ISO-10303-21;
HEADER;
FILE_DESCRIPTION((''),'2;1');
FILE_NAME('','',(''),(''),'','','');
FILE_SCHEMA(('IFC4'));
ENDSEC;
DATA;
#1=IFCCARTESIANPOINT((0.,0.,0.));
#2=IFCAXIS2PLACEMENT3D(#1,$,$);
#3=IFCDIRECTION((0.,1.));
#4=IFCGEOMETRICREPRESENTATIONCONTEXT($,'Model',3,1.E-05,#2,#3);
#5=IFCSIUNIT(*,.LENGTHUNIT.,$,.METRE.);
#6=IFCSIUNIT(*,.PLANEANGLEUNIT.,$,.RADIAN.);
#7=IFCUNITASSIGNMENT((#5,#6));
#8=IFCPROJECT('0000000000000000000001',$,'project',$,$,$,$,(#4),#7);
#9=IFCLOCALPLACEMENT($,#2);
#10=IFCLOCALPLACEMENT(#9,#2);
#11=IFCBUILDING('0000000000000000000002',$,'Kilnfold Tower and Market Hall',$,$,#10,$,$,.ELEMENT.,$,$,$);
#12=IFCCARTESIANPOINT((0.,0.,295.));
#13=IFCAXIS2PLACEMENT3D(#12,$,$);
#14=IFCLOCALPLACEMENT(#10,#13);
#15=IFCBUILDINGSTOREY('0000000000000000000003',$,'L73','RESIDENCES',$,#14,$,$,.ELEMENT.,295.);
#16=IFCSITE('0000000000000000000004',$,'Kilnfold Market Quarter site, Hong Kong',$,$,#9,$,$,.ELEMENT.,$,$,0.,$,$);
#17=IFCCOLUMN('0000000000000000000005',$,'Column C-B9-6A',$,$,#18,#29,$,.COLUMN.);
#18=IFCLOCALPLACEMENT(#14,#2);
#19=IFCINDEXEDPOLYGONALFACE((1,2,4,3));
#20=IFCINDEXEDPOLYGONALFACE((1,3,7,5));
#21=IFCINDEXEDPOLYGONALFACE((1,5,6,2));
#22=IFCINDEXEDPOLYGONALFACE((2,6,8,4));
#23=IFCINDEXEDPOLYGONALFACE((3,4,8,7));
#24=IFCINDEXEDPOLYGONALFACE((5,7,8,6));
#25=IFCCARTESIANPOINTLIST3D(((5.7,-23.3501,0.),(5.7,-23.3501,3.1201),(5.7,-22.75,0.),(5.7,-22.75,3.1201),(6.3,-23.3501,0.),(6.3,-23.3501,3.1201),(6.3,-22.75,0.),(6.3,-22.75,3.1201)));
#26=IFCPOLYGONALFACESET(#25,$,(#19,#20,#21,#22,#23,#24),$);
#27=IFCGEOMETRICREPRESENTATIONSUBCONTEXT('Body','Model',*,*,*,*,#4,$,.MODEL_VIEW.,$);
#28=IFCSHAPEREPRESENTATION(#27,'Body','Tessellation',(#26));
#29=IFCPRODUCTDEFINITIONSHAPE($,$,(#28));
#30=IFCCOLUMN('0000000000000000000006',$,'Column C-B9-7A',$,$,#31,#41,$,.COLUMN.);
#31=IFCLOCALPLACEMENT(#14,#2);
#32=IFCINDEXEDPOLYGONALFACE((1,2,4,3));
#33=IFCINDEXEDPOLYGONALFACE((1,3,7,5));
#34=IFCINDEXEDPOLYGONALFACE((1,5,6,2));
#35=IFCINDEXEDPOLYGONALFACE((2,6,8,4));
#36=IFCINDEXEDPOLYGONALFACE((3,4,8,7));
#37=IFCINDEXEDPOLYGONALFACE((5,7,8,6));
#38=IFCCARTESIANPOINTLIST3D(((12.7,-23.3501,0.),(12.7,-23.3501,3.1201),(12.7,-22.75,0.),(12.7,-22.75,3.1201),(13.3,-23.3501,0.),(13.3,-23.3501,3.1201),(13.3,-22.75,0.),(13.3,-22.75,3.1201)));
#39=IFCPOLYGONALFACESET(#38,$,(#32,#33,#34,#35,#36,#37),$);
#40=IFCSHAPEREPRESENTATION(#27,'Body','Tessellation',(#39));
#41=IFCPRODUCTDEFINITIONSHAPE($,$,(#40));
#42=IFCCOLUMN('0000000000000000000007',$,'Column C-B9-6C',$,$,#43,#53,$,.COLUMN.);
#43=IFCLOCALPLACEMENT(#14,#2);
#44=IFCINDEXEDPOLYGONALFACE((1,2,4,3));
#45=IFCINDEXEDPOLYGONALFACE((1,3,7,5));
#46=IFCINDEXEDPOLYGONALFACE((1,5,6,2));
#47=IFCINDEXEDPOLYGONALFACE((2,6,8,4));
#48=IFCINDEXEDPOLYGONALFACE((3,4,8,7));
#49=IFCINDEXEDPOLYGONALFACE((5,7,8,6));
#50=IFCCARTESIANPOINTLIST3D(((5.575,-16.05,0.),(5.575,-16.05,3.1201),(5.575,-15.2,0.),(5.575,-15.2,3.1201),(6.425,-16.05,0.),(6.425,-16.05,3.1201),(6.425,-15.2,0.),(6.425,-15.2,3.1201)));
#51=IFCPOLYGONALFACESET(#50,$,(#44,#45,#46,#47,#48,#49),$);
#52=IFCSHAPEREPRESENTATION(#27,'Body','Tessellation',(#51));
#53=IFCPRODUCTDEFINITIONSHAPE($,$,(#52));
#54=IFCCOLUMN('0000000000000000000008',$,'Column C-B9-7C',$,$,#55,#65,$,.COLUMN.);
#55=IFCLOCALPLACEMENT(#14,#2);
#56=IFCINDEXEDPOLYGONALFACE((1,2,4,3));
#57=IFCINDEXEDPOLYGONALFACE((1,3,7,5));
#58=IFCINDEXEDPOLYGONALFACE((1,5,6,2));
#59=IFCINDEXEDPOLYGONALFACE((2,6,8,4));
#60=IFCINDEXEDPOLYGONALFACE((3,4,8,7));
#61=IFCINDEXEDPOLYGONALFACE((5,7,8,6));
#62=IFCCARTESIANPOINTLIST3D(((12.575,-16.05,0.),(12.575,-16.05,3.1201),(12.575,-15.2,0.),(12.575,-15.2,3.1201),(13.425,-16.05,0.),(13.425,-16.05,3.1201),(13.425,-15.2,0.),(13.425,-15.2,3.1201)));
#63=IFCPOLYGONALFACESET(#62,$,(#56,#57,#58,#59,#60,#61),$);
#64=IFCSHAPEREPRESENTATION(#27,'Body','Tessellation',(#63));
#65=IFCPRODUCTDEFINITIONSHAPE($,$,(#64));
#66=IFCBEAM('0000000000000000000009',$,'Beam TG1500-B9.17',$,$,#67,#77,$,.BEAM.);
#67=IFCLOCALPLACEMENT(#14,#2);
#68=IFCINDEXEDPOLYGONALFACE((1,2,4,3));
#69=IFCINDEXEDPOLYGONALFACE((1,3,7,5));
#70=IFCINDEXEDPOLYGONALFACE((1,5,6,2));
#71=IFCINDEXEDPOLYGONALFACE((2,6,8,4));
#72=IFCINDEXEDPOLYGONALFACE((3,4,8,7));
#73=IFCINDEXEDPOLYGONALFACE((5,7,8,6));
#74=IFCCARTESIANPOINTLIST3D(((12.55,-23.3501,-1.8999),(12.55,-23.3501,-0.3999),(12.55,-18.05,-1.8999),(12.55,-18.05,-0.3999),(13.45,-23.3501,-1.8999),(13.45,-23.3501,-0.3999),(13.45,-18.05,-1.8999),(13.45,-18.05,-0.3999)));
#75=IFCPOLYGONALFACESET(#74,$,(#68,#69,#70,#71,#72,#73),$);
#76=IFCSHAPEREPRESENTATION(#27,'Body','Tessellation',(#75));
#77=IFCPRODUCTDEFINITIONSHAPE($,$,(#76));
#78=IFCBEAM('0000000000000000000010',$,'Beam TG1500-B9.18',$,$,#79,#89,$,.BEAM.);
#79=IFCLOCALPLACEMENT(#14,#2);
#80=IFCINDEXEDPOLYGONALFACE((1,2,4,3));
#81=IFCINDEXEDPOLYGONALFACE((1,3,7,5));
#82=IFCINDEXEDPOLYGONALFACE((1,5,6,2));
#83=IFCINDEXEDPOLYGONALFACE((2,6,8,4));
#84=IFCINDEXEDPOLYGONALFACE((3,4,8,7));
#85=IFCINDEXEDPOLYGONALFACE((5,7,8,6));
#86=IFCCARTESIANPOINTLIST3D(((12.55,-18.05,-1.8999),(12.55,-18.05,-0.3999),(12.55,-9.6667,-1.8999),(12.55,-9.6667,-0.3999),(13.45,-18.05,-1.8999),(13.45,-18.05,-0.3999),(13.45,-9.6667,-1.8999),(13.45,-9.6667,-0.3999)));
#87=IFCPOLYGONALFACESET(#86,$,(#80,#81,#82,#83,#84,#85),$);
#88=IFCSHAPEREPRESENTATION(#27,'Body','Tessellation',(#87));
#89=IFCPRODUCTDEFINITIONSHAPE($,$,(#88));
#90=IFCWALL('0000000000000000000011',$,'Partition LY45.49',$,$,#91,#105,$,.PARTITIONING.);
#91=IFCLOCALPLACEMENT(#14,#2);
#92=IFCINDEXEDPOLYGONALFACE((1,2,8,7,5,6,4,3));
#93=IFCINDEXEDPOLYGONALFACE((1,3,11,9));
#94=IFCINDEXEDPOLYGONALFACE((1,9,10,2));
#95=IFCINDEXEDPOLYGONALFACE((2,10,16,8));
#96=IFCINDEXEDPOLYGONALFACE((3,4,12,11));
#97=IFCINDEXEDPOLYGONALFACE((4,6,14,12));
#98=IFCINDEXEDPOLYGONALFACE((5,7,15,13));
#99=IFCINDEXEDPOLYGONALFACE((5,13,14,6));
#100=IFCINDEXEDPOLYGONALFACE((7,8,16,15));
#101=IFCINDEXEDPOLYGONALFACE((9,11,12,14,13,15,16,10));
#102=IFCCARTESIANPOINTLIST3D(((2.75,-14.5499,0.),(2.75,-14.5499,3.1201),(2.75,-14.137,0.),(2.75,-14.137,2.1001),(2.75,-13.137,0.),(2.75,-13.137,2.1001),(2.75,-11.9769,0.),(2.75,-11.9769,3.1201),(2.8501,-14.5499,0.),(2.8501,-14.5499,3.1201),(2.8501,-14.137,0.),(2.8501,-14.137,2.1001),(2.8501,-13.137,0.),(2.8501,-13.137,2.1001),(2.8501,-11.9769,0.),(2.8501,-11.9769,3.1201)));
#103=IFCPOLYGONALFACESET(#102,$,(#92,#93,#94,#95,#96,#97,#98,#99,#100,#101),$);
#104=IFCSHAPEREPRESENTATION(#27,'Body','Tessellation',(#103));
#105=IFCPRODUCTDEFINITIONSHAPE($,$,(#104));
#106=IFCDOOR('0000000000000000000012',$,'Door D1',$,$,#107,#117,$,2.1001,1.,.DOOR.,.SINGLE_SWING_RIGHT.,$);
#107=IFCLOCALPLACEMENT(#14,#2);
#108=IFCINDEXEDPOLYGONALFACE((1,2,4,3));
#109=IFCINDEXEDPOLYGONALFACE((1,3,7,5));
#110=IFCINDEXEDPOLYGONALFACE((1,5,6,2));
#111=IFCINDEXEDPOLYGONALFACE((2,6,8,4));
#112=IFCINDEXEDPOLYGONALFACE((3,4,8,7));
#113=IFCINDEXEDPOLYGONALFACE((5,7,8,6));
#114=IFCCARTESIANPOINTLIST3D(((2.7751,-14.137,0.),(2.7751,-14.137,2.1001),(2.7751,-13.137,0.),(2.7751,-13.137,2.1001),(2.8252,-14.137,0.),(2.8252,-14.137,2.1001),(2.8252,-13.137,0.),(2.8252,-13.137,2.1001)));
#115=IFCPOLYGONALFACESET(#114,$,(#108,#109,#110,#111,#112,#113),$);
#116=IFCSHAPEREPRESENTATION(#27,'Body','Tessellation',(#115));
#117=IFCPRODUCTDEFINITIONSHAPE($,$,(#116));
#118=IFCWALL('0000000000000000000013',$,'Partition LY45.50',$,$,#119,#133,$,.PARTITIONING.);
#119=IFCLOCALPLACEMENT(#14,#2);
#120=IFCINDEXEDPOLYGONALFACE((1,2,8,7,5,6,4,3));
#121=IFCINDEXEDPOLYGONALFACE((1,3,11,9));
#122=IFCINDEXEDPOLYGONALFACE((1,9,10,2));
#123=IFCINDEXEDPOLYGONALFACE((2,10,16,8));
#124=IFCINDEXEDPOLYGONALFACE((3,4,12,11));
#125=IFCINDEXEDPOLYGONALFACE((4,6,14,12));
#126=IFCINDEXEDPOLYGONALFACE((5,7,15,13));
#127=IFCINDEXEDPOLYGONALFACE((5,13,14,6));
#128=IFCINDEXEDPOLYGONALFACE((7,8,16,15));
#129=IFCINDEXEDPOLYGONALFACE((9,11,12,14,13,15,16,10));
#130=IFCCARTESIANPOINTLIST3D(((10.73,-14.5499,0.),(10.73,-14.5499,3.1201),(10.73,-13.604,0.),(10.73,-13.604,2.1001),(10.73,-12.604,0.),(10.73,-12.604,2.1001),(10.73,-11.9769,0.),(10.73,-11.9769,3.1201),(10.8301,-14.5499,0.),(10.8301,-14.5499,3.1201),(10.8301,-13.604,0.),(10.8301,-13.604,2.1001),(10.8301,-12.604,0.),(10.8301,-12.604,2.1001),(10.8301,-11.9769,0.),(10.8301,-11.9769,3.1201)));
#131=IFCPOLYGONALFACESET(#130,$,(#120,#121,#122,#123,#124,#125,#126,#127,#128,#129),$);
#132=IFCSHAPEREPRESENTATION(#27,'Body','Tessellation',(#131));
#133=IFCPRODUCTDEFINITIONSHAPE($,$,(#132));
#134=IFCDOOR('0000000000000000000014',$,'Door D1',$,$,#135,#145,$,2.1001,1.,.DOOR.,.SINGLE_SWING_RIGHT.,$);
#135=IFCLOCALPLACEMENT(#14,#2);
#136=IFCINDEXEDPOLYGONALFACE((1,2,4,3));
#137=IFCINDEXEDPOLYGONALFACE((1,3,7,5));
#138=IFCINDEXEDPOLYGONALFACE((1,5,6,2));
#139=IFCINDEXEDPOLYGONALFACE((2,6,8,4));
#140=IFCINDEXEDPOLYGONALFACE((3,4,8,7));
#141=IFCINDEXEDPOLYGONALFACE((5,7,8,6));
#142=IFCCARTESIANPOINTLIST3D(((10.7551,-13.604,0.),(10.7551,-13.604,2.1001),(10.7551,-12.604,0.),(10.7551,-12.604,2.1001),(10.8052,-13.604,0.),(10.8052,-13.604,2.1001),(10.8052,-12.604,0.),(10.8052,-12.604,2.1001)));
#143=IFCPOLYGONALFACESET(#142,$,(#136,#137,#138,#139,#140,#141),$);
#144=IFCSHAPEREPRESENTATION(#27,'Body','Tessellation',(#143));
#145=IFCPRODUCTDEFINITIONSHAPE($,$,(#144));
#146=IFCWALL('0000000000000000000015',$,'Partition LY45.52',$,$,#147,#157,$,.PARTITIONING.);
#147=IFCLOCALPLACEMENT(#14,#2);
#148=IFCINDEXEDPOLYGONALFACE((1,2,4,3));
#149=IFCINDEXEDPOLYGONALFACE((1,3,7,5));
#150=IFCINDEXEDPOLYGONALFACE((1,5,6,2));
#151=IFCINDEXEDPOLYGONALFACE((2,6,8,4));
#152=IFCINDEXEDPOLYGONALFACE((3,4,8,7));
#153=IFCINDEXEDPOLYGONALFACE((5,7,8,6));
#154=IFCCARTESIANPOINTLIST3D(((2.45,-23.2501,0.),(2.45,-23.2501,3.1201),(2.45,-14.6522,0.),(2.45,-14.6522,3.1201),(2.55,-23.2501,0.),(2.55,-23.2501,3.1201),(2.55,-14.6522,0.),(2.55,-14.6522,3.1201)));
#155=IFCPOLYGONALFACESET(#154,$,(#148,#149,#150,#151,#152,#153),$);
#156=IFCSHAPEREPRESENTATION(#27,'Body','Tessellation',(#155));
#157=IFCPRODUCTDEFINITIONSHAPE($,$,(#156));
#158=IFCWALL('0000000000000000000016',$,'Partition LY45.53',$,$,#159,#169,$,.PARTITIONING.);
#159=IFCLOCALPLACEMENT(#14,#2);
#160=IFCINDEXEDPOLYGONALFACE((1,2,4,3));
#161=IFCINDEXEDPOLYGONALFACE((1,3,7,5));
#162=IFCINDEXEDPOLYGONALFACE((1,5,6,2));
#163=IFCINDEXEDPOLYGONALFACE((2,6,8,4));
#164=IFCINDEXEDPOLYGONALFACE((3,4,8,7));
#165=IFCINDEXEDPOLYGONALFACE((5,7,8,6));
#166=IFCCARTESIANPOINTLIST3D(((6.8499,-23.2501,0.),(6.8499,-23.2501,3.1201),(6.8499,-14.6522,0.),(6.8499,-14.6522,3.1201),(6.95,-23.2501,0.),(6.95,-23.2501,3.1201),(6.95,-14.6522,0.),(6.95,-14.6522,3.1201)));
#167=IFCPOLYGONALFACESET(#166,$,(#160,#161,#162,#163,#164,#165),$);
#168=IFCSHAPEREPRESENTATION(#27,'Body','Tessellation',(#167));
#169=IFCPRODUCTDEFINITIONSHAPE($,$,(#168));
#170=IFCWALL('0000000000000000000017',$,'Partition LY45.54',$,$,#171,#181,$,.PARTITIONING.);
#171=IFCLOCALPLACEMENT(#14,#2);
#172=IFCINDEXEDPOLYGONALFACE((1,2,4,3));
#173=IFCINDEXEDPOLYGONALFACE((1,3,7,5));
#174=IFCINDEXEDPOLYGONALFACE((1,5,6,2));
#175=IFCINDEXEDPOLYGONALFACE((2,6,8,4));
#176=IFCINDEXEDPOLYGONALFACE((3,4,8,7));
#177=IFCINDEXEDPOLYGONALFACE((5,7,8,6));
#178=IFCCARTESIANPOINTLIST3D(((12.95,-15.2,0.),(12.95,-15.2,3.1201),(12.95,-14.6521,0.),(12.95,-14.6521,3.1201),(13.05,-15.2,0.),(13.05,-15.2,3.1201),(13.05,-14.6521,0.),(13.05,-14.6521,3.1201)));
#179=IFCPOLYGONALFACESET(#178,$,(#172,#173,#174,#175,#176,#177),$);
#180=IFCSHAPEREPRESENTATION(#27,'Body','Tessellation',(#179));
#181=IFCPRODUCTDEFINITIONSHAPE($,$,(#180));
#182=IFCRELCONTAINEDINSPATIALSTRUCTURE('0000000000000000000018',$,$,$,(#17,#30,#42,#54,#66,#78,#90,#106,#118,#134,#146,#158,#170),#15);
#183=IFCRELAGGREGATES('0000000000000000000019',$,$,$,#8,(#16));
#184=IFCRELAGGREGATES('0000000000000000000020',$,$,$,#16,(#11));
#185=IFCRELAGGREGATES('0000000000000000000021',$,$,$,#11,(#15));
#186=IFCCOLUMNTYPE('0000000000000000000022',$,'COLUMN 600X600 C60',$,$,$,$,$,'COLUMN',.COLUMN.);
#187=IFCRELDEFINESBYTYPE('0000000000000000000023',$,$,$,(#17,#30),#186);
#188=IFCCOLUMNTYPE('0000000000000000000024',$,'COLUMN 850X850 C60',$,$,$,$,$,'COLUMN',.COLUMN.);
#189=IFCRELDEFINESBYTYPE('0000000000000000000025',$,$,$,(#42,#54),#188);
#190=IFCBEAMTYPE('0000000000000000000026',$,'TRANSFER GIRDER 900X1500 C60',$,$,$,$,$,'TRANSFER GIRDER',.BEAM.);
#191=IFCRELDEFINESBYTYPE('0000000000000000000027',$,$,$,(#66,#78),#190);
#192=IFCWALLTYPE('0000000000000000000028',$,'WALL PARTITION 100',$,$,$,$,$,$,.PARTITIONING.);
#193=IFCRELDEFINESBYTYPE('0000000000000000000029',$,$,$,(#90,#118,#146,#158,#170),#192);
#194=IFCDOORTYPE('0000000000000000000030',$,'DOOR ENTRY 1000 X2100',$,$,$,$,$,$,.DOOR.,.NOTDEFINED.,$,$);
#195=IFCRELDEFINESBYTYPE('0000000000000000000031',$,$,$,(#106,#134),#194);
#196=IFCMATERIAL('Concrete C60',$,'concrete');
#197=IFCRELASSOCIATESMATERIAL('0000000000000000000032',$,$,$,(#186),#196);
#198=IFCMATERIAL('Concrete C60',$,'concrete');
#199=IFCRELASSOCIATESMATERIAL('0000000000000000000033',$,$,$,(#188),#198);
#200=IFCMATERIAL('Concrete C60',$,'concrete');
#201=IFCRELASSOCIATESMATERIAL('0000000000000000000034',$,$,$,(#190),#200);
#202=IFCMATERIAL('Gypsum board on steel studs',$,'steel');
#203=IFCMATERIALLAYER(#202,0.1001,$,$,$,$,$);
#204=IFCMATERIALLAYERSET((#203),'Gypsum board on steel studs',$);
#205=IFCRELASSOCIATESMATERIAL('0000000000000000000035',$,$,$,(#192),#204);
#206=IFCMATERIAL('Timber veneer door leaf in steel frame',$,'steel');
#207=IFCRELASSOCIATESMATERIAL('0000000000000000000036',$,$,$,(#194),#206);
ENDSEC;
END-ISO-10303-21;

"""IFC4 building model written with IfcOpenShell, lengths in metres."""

from ifc_helpers import new_model, si_unit, direction, frame, frame_2d, origin, origin_2d, place, context, subcontext, project, spatial, rectangle, extrude, source, transform, mapped, material, layer, layer_set, material_profile, profile_set, type_object, element, fill, save


model = new_model("IFC4")

# Units and contexts
model_context = context("Model", 3, precision=1e-05, world=origin(), true_north=direction((0.0, 1.0)))
body_context = subcontext(model_context, "Body", "Model", "MODEL_VIEW")
ifc_project = project(units=[si_unit("LENGTHUNIT", "METRE"), si_unit("PLANEANGLEUNIT", "RADIAN")], contexts=[model_context])

# Site, building, storey
site_placement = place(None, origin())
site = spatial("IfcSite", under=ifc_project, at=site_placement, Name="Kilnfold Market Quarter site, Hong Kong", CompositionType="ELEMENT", RefElevation=0.0)
building_placement = place(site_placement, origin())
building = spatial("IfcBuilding", under=site, at=building_placement, Name="Kilnfold Tower and Market Hall", CompositionType="ELEMENT")
storey_placement = place(building_placement, frame((0.0, 0.0, 295.0)))
storey = spatial("IfcBuildingStorey", under=building, at=storey_placement, Name="L73", Description="RESIDENCES", CompositionType="ELEMENT", Elevation=295.0)

# Columns
ifc_material_1 = material(Name="Concrete C60", Category="concrete")
ifc_material_profile_1 = material_profile(ifc_material_1, rectangle(XDim=0.6001, YDim=0.6001, at=origin_2d()), Name="RC 600x600")
ifc_profile_set_1 = profile_set([ifc_material_profile_1], Name="Concrete C60")
column_type_1 = type_object("IfcColumnType", Name="COLUMN 600X600 C60", ElementType="COLUMN", PredefinedType="COLUMN", material=ifc_profile_set_1)
shared_shape_1 = source(origin(), body_context, "Body", "SweptSolid", [
    extrude(rectangle(XDim=0.6001, YDim=0.6001, at=origin_2d()), origin(), (0.0, 0.0, 1.0), 3.1201),
])
for number, where, z_axis, x_axis, name in (
    (1, (6.0, -23.05, 0.0), (0.0, 0.0, 1.0), (1.0, 0.0, 0.0), "Column C-B9-6A"),
    (2, (13.0, -23.05, 0.0), (0.0, 0.0, 1.0), (1.0, 0.0, 0.0), "Column C-B9-7A"),
):
    element("IfcColumn", number, at=place(storey_placement, frame(where, z_axis=z_axis, x_axis=x_axis)), inside=storey, type_object=column_type_1, Name=name, PredefinedType="COLUMN", context=body_context, shape_type="MappedRepresentation", body=[
        mapped(shared_shape_1, transform((0.0, 0.0, 0.0))),
    ])
ifc_material_2 = material(Name="Concrete C60", Category="concrete")
ifc_material_profile_2 = material_profile(ifc_material_2, rectangle(XDim=0.8501, YDim=0.8501, at=origin_2d()), Name="RC 850x850")
ifc_profile_set_2 = profile_set([ifc_material_profile_2], Name="Concrete C60")
column_type_2 = type_object("IfcColumnType", Name="COLUMN 850X850 C60", ElementType="COLUMN", PredefinedType="COLUMN", material=ifc_profile_set_2)
shared_shape_2 = source(origin(), body_context, "Body", "SweptSolid", [
    extrude(rectangle(XDim=0.8501, YDim=0.8501, at=origin_2d()), origin(), (0.0, 0.0, 1.0), 3.1201),
])
for number, where, z_axis, x_axis, name in (
    (3, (6.0, -15.625, 0.0), (0.0, 0.0, 1.0), (1.0, 0.0, 0.0), "Column C-B9-6C"),
    (4, (13.0, -15.625, 0.0), (0.0, 0.0, 1.0), (1.0, 0.0, 0.0), "Column C-B9-7C"),
):
    element("IfcColumn", number, at=place(storey_placement, frame(where, z_axis=z_axis, x_axis=x_axis)), inside=storey, type_object=column_type_2, Name=name, PredefinedType="COLUMN", context=body_context, shape_type="MappedRepresentation", body=[
        mapped(shared_shape_2, transform((0.0, 0.0, 0.0))),
    ])

# Beams
ifc_material_3 = material(Name="Concrete C60", Category="concrete")
ifc_material_profile_3 = material_profile(ifc_material_3, rectangle(XDim=0.8999, YDim=1.5, at=origin_2d()), Name="RC 900x1500")
ifc_profile_set_3 = profile_set([ifc_material_profile_3], Name="Concrete C60")
beam_type = type_object("IfcBeamType", Name="TRANSFER GIRDER 900X1500 C60", ElementType="TRANSFER GIRDER", PredefinedType="BEAM", material=ifc_profile_set_3)
shared_shape_3 = source(origin(), body_context, "Body", "SweptSolid", [
    extrude(rectangle(XDim=0.8999, YDim=1.5, at=origin_2d()), origin(), (0.0, 0.0, 1.0), 5.3),
])
beam_1_placement = place(storey_placement, frame((13.0, -23.3501, -1.1499), z_axis=(0.0, 1.0, 0.0), x_axis=(-1.0, 0.0, 0.0)))
element("IfcBeam", 5, at=beam_1_placement, inside=storey, type_object=beam_type, Name="Beam TG1500-B9.17", PredefinedType="BEAM", context=body_context, shape_type="MappedRepresentation", body=[
    mapped(shared_shape_3, transform((0.0, 0.0, 0.0))),
])
shared_shape_4 = source(origin(), body_context, "Body", "SweptSolid", [
    extrude(rectangle(XDim=0.8999, YDim=1.5, at=origin_2d()), origin(), (0.0, 0.0, 1.0), 8.3833),
])
beam_2_placement = place(storey_placement, frame((13.0, -18.05, -1.1499), z_axis=(0.0, 1.0, 0.0), x_axis=(-1.0, 0.0, 0.0)))
element("IfcBeam", 6, at=beam_2_placement, inside=storey, type_object=beam_type, Name="Beam TG1500-B9.18", PredefinedType="BEAM", context=body_context, shape_type="MappedRepresentation", body=[
    mapped(shared_shape_4, transform((0.0, 0.0, 0.0))),
])

# Walls, openings, doors
ifc_material_4 = material(Name="Gypsum board on steel studs", Category="steel")
ifc_layer_1 = layer(ifc_material_4, 0.1001)
ifc_layer_set_1 = layer_set([ifc_layer_1], Name="Gypsum board on steel studs")
wall_type_1 = type_object("IfcWallType", Name="WALL PARTITION 100", PredefinedType="PARTITIONING", material=ifc_layer_set_1)
wall_1_placement = place(storey_placement, frame((2.8, -14.55, 0.0), z_axis=(0.0, 0.0, 1.0), x_axis=(0.0, 1.0, 0.0)))
wall_1 = element("IfcWall", 7, at=wall_1_placement, inside=storey, type_object=wall_type_1, Name="Partition LY45.49", PredefinedType="PARTITIONING", context=body_context, shape_type="SweptSolid", body=[
    extrude(rectangle(XDim=2.573, YDim=0.1001, at=frame_2d((1.2866, 0.0))), origin(), (0.0, 0.0, 1.0), 3.1201),
])
opening_1_placement = place(wall_1_placement, frame((0.4131, 0.0, 0.0)))
opening_1 = element("IfcOpeningElement", 8, at=opening_1_placement, cuts=wall_1, PredefinedType="OPENING", context=body_context, shape_type="SweptSolid", body=[
    extrude(rectangle(XDim=1.0, YDim=2.1001, at=frame_2d((0.5, 1.05))), frame((0.0, 0.0601, 0.0), z_axis=(0.0, -1.0, 0.0), x_axis=(1.0, 0.0, 0.0)), (0.0, 0.0, 1.0), 0.1201),
])
ifc_material_5 = material(Name="Timber veneer door leaf in steel frame", Category="steel")
door_type_1 = type_object("IfcDoorType", Name="DOOR ENTRY 1000 X2100", OperationType="NOTDEFINED", PredefinedType="DOOR", material=ifc_material_5)
door_1_placement = place(opening_1_placement, origin())
door_1 = element("IfcDoor", 9, at=door_1_placement, inside=storey, type_object=door_type_1, Name="Door D1", OperationType="SINGLE_SWING_RIGHT", OverallHeight=2.1001, OverallWidth=1.0, PredefinedType="DOOR", context=body_context, shape_type="SweptSolid", body=[
    extrude(rectangle(XDim=1.0, YDim=2.1001, at=frame_2d((0.5, 1.05))), frame((0.0, 0.0249, 0.0), z_axis=(0.0, -1.0, 0.0), x_axis=(1.0, 0.0, 0.0)), (0.0, 0.0, 1.0), 0.05),
])
fill(opening_1, door_1)
wall_2_placement = place(storey_placement, frame((10.78, -14.55, 0.0), z_axis=(0.0, 0.0, 1.0), x_axis=(0.0, 1.0, 0.0)))
wall_2 = element("IfcWall", 10, at=wall_2_placement, inside=storey, type_object=wall_type_1, Name="Partition LY45.50", PredefinedType="PARTITIONING", context=body_context, shape_type="SweptSolid", body=[
    extrude(rectangle(XDim=2.573, YDim=0.1001, at=frame_2d((1.2866, 0.0))), origin(), (0.0, 0.0, 1.0), 3.1201),
])
opening_2_placement = place(wall_2_placement, frame((0.946, 0.0, 0.0)))
opening_2 = element("IfcOpeningElement", 11, at=opening_2_placement, cuts=wall_2, PredefinedType="OPENING", context=body_context, shape_type="SweptSolid", body=[
    extrude(rectangle(XDim=1.0, YDim=2.1001, at=frame_2d((0.5, 1.05))), frame((0.0, 0.0601, 0.0), z_axis=(0.0, -1.0, 0.0), x_axis=(1.0, 0.0, 0.0)), (0.0, 0.0, 1.0), 0.1201),
])
door_2_placement = place(opening_2_placement, origin())
door_2 = element("IfcDoor", 12, at=door_2_placement, inside=storey, type_object=door_type_1, Name="Door D1", OperationType="SINGLE_SWING_RIGHT", OverallHeight=2.1001, OverallWidth=1.0, PredefinedType="DOOR", context=body_context, shape_type="SweptSolid", body=[
    extrude(rectangle(XDim=1.0, YDim=2.1001, at=frame_2d((0.5, 1.05))), frame((0.0, 0.0249, 0.0), z_axis=(0.0, -1.0, 0.0), x_axis=(1.0, 0.0, 0.0)), (0.0, 0.0, 1.0), 0.05),
])
fill(opening_2, door_2)

# Walls
for number, where, z_axis, x_axis, name in (
    (13, (2.5, -23.25, 0.0), (0.0, 0.0, 1.0), (0.0, 1.0, 0.0), "Partition LY45.52"),
    (14, (6.8999, -23.25, 0.0), (0.0, 0.0, 1.0), (0.0, 1.0, 0.0), "Partition LY45.53"),
):
    element("IfcWall", number, at=place(storey_placement, frame(where, z_axis=z_axis, x_axis=x_axis)), inside=storey, type_object=wall_type_1, Name=name, PredefinedType="PARTITIONING", context=body_context, shape_type="SweptSolid", body=[
        extrude(rectangle(XDim=8.5979, YDim=0.1001, at=frame_2d((4.2988, 0.0))), origin(), (0.0, 0.0, 1.0), 3.1201),
    ])
wall_3_placement = place(storey_placement, frame((13.0, -15.2, 0.0), z_axis=(0.0, 0.0, 1.0), x_axis=(0.0, 1.0, 0.0)))
element("IfcWall", 15, at=wall_3_placement, inside=storey, type_object=wall_type_1, Name="Partition LY45.54", PredefinedType="PARTITIONING", context=body_context, shape_type="SweptSolid", body=[
    extrude(rectangle(XDim=0.5479, YDim=0.1001, at=frame_2d((0.2739, 0.0))), origin(), (0.0, 0.0, 1.0), 3.1201),
])

save(model, "model.ifc")
